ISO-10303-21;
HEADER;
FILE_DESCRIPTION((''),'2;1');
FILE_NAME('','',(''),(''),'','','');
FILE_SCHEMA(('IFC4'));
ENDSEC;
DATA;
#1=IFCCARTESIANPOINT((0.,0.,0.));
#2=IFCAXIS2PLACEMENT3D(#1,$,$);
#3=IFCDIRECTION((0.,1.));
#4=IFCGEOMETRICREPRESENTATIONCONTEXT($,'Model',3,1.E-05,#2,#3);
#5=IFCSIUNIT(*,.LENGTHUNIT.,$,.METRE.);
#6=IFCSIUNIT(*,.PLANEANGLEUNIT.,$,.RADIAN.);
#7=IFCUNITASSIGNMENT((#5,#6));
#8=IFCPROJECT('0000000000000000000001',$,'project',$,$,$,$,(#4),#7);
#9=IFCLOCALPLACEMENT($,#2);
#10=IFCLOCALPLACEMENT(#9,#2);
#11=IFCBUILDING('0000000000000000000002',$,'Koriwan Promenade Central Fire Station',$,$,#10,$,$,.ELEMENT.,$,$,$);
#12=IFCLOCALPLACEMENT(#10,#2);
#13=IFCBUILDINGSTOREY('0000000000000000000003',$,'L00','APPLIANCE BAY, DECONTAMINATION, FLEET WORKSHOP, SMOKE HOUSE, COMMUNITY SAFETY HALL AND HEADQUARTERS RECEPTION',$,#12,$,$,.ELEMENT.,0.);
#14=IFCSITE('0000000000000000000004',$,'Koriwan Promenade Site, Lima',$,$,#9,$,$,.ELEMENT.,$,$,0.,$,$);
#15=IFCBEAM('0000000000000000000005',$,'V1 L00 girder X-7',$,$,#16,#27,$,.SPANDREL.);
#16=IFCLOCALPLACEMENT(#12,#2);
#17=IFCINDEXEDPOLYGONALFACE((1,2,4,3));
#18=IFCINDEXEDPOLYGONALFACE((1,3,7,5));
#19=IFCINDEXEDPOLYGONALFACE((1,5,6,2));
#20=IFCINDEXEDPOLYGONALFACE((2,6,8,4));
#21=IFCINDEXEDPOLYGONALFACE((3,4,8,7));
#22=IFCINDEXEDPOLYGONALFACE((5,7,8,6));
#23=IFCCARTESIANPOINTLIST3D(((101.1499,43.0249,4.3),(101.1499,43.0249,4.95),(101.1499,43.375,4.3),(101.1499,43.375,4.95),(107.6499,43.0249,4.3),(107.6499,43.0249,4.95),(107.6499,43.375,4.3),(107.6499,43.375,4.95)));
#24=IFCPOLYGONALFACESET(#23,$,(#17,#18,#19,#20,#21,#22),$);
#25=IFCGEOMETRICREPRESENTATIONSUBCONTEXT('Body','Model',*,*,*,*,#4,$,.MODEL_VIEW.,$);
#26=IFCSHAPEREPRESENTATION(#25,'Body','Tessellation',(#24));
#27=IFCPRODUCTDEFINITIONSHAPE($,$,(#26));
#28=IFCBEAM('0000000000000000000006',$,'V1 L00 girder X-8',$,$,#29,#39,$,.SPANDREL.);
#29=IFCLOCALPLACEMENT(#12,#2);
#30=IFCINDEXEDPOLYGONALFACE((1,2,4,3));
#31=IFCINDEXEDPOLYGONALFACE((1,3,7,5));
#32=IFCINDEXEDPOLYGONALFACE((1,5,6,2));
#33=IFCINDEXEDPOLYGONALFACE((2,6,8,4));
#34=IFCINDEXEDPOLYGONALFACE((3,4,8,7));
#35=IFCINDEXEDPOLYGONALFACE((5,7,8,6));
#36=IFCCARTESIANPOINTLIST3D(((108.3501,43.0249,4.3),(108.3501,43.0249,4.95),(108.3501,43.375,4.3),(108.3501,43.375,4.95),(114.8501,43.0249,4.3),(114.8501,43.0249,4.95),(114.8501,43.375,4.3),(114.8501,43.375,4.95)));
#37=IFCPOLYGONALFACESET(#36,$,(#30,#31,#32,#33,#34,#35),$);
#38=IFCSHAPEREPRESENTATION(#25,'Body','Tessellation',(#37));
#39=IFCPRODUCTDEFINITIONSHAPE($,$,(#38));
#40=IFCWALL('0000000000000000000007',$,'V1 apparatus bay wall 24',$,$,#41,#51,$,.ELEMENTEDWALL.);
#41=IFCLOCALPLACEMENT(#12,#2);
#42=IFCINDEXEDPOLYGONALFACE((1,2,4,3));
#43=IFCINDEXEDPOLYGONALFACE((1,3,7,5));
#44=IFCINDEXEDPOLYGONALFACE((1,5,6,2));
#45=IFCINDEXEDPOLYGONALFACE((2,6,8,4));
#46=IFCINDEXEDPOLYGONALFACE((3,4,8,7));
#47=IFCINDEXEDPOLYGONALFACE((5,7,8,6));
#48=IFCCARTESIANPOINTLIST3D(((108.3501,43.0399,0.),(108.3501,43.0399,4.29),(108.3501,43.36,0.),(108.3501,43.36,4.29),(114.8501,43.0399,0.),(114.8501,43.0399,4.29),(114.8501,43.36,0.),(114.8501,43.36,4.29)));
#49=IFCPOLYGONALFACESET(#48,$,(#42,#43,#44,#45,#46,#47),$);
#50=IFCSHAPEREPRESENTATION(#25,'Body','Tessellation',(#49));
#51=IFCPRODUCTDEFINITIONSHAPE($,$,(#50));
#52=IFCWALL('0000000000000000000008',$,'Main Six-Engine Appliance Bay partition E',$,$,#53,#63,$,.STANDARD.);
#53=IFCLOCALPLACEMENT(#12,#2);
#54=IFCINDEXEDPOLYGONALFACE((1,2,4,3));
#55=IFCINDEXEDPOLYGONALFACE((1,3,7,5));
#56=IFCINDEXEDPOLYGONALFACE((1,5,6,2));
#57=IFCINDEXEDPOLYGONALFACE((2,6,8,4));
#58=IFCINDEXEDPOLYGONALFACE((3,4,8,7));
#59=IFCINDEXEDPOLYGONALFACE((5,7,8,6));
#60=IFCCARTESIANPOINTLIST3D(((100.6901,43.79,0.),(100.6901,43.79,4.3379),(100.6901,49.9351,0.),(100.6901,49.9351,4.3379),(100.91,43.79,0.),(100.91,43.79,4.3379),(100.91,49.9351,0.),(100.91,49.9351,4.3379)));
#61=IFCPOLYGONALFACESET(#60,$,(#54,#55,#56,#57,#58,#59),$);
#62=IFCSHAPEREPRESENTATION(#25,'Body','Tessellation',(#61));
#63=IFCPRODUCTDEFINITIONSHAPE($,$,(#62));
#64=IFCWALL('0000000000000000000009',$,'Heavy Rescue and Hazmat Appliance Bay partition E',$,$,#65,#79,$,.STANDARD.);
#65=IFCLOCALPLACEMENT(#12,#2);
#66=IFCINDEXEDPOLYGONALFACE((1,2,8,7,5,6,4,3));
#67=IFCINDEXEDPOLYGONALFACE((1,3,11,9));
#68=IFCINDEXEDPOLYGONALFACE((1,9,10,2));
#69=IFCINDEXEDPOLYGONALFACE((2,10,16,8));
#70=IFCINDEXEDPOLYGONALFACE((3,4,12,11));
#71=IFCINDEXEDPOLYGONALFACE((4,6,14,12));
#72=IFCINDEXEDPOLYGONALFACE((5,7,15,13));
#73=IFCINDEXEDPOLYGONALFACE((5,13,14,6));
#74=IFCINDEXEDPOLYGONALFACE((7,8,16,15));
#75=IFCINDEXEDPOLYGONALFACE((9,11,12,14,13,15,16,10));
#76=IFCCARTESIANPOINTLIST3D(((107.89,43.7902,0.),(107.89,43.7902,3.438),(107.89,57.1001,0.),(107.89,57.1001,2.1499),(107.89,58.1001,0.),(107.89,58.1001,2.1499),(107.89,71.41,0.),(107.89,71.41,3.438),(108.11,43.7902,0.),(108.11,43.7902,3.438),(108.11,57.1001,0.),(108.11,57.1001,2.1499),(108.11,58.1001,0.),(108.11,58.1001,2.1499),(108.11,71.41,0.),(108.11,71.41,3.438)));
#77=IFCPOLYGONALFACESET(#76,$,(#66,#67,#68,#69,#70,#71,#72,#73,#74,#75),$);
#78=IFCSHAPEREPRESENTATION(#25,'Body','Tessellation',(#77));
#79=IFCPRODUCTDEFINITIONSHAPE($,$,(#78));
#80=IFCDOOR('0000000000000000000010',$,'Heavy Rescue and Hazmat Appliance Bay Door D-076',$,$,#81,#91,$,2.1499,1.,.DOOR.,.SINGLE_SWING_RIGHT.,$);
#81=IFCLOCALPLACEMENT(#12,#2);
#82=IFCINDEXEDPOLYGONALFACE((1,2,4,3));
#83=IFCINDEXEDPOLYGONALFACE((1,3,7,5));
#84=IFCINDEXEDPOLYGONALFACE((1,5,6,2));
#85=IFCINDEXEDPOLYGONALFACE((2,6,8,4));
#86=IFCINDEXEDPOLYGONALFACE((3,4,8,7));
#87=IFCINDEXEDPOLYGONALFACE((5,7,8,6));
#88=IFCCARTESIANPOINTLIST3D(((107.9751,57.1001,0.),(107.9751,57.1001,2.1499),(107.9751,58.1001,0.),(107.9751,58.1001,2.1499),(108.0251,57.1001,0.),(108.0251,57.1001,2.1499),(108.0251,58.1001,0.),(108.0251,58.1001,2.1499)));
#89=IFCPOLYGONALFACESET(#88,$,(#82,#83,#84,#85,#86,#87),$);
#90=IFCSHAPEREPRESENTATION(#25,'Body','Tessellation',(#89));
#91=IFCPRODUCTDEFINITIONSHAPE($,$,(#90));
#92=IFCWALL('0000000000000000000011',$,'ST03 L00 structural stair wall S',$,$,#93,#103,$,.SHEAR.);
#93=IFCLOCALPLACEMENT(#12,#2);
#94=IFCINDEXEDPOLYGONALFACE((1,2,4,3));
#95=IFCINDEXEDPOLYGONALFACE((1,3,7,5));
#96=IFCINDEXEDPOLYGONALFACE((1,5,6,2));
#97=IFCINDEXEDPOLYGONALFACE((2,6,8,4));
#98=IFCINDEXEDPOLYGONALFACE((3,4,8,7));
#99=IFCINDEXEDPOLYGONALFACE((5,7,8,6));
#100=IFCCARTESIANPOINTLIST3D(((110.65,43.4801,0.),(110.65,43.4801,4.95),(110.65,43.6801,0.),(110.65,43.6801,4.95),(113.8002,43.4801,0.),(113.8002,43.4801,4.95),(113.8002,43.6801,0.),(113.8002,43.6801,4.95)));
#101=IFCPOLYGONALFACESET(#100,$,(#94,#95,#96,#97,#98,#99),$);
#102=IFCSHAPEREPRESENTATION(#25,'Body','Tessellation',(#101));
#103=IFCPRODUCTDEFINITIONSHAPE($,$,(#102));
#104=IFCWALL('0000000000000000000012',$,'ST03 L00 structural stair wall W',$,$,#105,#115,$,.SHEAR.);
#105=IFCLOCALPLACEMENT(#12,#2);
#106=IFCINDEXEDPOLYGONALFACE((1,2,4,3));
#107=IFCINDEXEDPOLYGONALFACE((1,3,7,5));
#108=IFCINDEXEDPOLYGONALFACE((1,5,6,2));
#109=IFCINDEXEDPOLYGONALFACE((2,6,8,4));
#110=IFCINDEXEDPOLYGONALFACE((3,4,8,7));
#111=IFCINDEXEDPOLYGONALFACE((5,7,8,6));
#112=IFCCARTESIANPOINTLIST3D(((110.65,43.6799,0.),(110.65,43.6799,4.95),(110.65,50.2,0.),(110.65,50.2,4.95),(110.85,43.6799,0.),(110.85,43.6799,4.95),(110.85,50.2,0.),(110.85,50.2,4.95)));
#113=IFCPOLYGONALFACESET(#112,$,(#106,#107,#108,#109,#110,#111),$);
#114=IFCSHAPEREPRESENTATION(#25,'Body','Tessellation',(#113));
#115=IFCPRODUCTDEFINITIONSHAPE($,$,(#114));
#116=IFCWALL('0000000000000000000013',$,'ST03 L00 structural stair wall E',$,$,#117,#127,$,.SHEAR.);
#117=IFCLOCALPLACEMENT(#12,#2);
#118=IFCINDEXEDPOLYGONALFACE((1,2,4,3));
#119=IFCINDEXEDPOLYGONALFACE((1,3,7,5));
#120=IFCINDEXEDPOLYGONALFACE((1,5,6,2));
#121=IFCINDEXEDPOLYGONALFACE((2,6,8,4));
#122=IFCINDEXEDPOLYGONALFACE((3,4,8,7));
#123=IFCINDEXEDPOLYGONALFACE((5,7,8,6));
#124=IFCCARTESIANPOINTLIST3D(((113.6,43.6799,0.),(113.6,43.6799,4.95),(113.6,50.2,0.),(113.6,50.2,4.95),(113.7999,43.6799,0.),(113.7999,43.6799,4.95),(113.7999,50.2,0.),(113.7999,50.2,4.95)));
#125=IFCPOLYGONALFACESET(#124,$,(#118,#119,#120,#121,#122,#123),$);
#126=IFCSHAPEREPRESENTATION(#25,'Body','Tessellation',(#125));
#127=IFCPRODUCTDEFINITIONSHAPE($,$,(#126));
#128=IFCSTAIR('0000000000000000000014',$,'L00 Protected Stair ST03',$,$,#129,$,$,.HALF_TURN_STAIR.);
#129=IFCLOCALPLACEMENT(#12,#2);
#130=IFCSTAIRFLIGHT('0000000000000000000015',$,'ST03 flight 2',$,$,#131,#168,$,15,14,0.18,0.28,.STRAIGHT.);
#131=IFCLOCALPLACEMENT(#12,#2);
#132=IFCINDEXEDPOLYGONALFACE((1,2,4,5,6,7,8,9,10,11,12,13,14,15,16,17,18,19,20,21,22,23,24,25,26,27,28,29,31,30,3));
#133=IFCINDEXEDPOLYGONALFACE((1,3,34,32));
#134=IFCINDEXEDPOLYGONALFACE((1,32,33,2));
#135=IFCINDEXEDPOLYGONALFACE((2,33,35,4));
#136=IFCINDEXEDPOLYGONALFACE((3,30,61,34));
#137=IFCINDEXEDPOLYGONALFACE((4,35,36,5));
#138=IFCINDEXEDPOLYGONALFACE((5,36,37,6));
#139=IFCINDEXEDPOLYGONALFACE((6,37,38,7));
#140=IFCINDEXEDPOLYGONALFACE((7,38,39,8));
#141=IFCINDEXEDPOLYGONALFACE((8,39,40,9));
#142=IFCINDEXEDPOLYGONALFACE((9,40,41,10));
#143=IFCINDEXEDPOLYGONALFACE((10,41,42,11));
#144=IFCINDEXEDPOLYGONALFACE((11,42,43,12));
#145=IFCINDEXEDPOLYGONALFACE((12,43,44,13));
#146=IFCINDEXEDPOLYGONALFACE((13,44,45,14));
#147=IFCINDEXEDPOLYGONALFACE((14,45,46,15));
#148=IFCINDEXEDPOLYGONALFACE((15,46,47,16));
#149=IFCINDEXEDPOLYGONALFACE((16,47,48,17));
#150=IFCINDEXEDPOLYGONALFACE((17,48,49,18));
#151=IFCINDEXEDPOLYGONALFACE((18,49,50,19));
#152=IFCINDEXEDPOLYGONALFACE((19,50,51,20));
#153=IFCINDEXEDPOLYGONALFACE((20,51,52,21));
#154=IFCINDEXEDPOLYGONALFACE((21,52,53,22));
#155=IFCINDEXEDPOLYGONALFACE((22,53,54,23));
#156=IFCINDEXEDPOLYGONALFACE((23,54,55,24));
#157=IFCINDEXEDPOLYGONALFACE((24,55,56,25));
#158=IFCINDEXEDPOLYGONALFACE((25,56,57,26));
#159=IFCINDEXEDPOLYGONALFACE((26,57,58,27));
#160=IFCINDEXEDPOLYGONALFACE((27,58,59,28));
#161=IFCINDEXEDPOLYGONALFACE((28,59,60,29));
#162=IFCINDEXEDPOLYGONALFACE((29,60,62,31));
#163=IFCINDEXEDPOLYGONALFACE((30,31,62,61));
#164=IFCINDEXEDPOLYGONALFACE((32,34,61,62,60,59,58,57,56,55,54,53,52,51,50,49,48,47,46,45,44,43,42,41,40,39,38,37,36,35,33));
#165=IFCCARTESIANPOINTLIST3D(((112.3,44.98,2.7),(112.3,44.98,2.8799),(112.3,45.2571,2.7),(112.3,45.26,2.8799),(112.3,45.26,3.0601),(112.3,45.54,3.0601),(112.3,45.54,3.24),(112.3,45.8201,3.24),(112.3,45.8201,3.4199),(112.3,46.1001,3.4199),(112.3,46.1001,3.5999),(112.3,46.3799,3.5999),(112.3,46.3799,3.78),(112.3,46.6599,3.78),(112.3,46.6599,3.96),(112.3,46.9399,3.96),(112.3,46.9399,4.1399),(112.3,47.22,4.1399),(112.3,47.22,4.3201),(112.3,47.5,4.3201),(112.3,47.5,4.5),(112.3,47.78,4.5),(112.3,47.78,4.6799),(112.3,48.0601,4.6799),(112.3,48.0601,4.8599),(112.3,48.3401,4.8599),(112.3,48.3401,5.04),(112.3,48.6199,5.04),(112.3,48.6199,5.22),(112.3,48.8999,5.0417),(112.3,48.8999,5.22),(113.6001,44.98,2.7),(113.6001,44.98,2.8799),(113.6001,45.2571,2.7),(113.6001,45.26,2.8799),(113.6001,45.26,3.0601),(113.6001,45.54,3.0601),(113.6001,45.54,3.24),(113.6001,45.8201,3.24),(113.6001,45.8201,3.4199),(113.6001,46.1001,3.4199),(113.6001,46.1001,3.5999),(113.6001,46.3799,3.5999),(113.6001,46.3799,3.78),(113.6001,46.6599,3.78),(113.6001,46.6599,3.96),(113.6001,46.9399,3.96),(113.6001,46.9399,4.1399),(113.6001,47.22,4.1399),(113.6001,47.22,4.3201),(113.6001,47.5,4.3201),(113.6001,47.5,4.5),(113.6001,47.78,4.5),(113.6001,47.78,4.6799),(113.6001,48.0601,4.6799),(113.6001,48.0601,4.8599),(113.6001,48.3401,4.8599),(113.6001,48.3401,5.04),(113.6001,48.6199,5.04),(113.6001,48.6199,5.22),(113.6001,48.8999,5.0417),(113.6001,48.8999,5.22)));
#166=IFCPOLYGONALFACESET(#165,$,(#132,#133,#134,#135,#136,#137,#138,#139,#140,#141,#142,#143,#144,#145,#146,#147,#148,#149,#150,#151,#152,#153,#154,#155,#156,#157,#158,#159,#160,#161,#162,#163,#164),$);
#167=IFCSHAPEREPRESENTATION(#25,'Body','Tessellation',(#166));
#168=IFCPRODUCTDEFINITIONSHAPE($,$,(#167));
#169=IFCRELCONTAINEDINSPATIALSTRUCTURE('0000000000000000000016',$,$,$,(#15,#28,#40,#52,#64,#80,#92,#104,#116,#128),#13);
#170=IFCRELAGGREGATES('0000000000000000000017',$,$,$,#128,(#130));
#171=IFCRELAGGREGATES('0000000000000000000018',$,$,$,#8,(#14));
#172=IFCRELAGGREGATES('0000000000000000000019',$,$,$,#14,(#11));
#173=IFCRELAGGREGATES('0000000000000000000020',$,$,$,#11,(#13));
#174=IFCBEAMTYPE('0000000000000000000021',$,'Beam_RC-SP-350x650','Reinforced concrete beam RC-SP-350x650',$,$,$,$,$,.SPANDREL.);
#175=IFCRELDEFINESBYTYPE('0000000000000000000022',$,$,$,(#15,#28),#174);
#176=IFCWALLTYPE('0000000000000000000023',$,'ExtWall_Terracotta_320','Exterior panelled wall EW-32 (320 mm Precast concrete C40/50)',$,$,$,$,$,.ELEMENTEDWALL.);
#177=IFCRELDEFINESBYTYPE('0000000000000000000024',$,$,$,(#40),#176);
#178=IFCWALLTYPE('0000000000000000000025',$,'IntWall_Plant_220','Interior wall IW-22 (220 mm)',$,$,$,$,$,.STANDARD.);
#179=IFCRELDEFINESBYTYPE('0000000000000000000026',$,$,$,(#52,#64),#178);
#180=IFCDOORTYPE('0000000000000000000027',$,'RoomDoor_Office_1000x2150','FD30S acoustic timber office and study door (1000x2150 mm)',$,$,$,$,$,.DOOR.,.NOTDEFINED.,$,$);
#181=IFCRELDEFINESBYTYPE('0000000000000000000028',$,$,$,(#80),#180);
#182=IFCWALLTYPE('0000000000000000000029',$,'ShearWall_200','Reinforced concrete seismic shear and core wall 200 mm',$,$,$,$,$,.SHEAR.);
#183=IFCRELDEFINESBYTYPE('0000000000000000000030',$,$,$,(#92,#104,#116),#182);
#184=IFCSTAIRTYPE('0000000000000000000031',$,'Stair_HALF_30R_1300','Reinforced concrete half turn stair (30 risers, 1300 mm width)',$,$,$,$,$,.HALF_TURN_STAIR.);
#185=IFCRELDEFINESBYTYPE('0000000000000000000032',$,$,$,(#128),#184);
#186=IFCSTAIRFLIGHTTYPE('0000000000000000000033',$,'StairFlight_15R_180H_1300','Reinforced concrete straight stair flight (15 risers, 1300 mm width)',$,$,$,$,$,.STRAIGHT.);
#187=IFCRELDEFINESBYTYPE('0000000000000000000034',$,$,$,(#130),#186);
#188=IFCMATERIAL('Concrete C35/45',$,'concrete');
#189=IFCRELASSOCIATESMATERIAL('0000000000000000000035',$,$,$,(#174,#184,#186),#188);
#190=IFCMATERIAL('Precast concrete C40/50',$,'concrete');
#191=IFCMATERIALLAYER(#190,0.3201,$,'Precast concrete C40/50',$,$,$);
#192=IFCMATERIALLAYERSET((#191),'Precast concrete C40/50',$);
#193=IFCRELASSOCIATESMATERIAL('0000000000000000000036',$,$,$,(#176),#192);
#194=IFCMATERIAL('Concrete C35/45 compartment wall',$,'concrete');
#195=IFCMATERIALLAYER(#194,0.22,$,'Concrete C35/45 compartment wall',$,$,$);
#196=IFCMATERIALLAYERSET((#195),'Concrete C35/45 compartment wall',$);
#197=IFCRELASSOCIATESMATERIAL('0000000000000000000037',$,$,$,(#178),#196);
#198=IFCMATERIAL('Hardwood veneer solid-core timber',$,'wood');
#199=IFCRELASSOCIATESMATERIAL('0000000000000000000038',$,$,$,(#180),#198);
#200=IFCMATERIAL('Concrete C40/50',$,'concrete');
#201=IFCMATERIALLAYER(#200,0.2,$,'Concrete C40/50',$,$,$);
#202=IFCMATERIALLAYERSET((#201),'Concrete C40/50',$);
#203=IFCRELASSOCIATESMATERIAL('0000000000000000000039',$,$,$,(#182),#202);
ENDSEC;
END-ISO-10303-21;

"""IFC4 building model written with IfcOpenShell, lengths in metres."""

from ifc_helpers import new_model, si_unit, direction, frame, frame_2d, origin, origin_2d, place, context, subcontext, project, spatial, polyline, rectangle, outline, extrude, material, layer, layer_set, material_profile, profile_set, type_object, element, fill, aggregate, save


model = new_model("IFC4")

# Units and contexts
model_context = context("Model", 3, precision=1e-05, world=origin(), true_north=direction((0.0, 1.0)))
body_context = subcontext(model_context, "Body", "Model", "MODEL_VIEW")
ifc_project = project(units=[si_unit("LENGTHUNIT", "METRE"), si_unit("PLANEANGLEUNIT", "RADIAN")], contexts=[model_context])

# Site, building, storey
site_placement = place(None, origin())
site = spatial("IfcSite", under=ifc_project, at=site_placement, Name="Koriwan Promenade Site, Lima", CompositionType="ELEMENT", RefElevation=0.0)
building_placement = place(site_placement, origin())
building = spatial("IfcBuilding", under=site, at=building_placement, Name="Koriwan Promenade Central Fire Station", CompositionType="ELEMENT")
storey_placement = place(building_placement, origin())
storey = spatial("IfcBuildingStorey", under=building, at=storey_placement, Name="L00", Description="APPLIANCE BAY, DECONTAMINATION, FLEET WORKSHOP, SMOKE HOUSE, COMMUNITY SAFETY HALL AND HEADQUARTERS RECEPTION", CompositionType="ELEMENT", Elevation=0.0)

# Shared definitions
ifc_material_1 = material(Name="Concrete C35/45", Category="concrete")

# Shared definitions
ifc_material_2 = material(Name="Concrete C40/50", Category="concrete")

# Beams
ifc_material_profile_1 = material_profile(ifc_material_1, rectangle(XDim=0.3501, YDim=0.6499, at=origin_2d()), Name="RC-SP-350x650")
ifc_profile_set_1 = profile_set([ifc_material_profile_1], Name="Concrete C35/45")
beam_type_1 = type_object("IfcBeamType", Name="Beam_RC-SP-350x650", Description="Reinforced concrete beam RC-SP-350x650", PredefinedType="SPANDREL", material=ifc_profile_set_1)
for number, where, z_axis, x_axis, name in (
    (1, (101.1499, 43.2, 4.625), (1.0, 0.0, 0.0), (0.0, 1.0, 0.0), "V1 L00 girder X-7"),
    (2, (108.3501, 43.2, 4.625), (1.0, 0.0, 0.0), (0.0, 1.0, 0.0), "V1 L00 girder X-8"),
):
    element("IfcBeam", number, at=place(storey_placement, frame(where, z_axis=z_axis, x_axis=x_axis)), inside=storey, type_object=beam_type_1, Name=name, PredefinedType="SPANDREL", context=body_context, shape_type="SweptSolid", body=[
        extrude(rectangle(XDim=0.3501, YDim=0.6499, at=origin_2d()), origin(), (0.0, 0.0, 1.0), 6.5),
    ])

# Shared definitions
ifc_material_3 = material(Name="Precast concrete C40/50", Category="concrete")
ifc_layer_1 = layer(ifc_material_3, 0.3201, Name="Precast concrete C40/50")
ifc_layer_set_1 = layer_set([ifc_layer_1], Name="Precast concrete C40/50")
wall_type_1 = type_object("IfcWallType", Name="ExtWall_Terracotta_320", Description="Exterior panelled wall EW-32 (320 mm Precast concrete C40/50)", PredefinedType="ELEMENTEDWALL", material=ifc_layer_set_1)

# Walls
wall_1_placement = place(storey_placement, frame((108.3501, 43.2, 0.0), z_axis=(0.0, 0.0, 1.0), x_axis=(1.0, 0.0, 0.0)))
element("IfcWall", 3, at=wall_1_placement, inside=storey, type_object=wall_type_1, Name="V1 apparatus bay wall 24", PredefinedType="ELEMENTEDWALL", context=body_context, shape_type="SweptSolid", body=[
    extrude(rectangle(XDim=6.5, YDim=0.3201, at=frame_2d((3.25, 0.0))), origin(), (0.0, 0.0, 1.0), 4.29),
])
ifc_material_4 = material(Name="Concrete C35/45 compartment wall", Category="concrete")
ifc_layer_2 = layer(ifc_material_4, 0.22, Name="Concrete C35/45 compartment wall")
ifc_layer_set_2 = layer_set([ifc_layer_2], Name="Concrete C35/45 compartment wall")
wall_type_2 = type_object("IfcWallType", Name="IntWall_Plant_220", Description="Interior wall IW-22 (220 mm)", PredefinedType="STANDARD", material=ifc_layer_set_2)
wall_2_placement = place(storey_placement, frame((100.8, 43.79, 0.0), z_axis=(0.0, 0.0, 1.0), x_axis=(0.0, 1.0, 0.0)))
element("IfcWall", 4, at=wall_2_placement, inside=storey, type_object=wall_type_2, Name="Main Six-Engine Appliance Bay partition E", PredefinedType="STANDARD", context=body_context, shape_type="SweptSolid", body=[
    extrude(rectangle(XDim=6.145, YDim=0.22, at=frame_2d((3.0725, 0.0))), origin(), (0.0, 0.0, 1.0), 4.3379),
])

# Wall, opening, door
wall_3_placement = place(storey_placement, frame((108.0, 43.79, 0.0), z_axis=(0.0, 0.0, 1.0), x_axis=(0.0, 1.0, 0.0)))
wall_3 = element("IfcWall", 5, at=wall_3_placement, inside=storey, type_object=wall_type_2, Name="Heavy Rescue and Hazmat Appliance Bay partition E", PredefinedType="STANDARD", context=body_context, shape_type="SweptSolid", body=[
    extrude(rectangle(XDim=27.6199, YDim=0.22, at=frame_2d((13.8101, 0.0))), origin(), (0.0, 0.0, 1.0), 3.438),
])
opening_1_placement = place(wall_3_placement, frame((13.3101, 0.0, 0.0)))
opening_1 = element("IfcOpeningElement", 6, at=opening_1_placement, cuts=wall_3, PredefinedType="OPENING", context=body_context, shape_type="SweptSolid", body=[
    extrude(rectangle(XDim=1.0, YDim=2.1499, at=frame_2d((0.5, 1.075))), frame((0.0, 0.1221, 0.0), z_axis=(0.0, -1.0, 0.0), x_axis=(1.0, 0.0, 0.0)), (0.0, 0.0, 1.0), 0.2439),
])
ifc_material_5 = material(Name="Hardwood veneer solid-core timber", Category="wood")
door_type_1 = type_object("IfcDoorType", Name="RoomDoor_Office_1000x2150", Description="FD30S acoustic timber office and study door (1000x2150 mm)", OperationType="NOTDEFINED", PredefinedType="DOOR", material=ifc_material_5)
door_1_placement = place(opening_1_placement, origin())
door_1 = element("IfcDoor", 7, at=door_1_placement, inside=storey, type_object=door_type_1, Name="Heavy Rescue and Hazmat Appliance Bay Door D-076", OperationType="SINGLE_SWING_RIGHT", OverallHeight=2.1499, OverallWidth=1.0, PredefinedType="DOOR", context=body_context, shape_type="SweptSolid", body=[
    extrude(rectangle(XDim=1.0, YDim=2.1499, at=frame_2d((0.5, 1.075))), frame((0.0, 0.0249, 0.0), z_axis=(0.0, -1.0, 0.0), x_axis=(1.0, 0.0, 0.0)), (0.0, 0.0, 1.0), 0.05),
])
fill(opening_1, door_1)

# Walls
ifc_layer_3 = layer(ifc_material_2, 0.2, Name="Concrete C40/50")
ifc_layer_set_3 = layer_set([ifc_layer_3], Name="Concrete C40/50")
wall_type_3 = type_object("IfcWallType", Name="ShearWall_200", Description="Reinforced concrete seismic shear and core wall 200 mm", PredefinedType="SHEAR", material=ifc_layer_set_3)
wall_4_placement = place(storey_placement, frame((110.6499, 43.5801, 0.0), z_axis=(0.0, 0.0, 1.0), x_axis=(1.0, 0.0, 0.0)))
element("IfcWall", 8, at=wall_4_placement, inside=storey, type_object=wall_type_3, Name="ST03 L00 structural stair wall S", PredefinedType="SHEAR", context=body_context, shape_type="SweptSolid", body=[
    extrude(rectangle(XDim=3.1501, YDim=0.2, at=frame_2d((1.5752, 0.0))), origin(), (0.0, 0.0, 1.0), 4.95),
])
for number, where, z_axis, x_axis, name in (
    (9, (110.75, 43.6799, 0.0), (0.0, 0.0, 1.0), (0.0, 1.0, 0.0), "ST03 L00 structural stair wall W"),
    (10, (113.7, 43.6799, 0.0), (0.0, 0.0, 1.0), (0.0, 1.0, 0.0), "ST03 L00 structural stair wall E"),
):
    element("IfcWall", number, at=place(storey_placement, frame(where, z_axis=z_axis, x_axis=x_axis)), inside=storey, type_object=wall_type_3, Name=name, PredefinedType="SHEAR", context=body_context, shape_type="SweptSolid", body=[
        extrude(rectangle(XDim=6.52, YDim=0.2, at=frame_2d((3.26, 0.0))), origin(), (0.0, 0.0, 1.0), 4.95),
    ])

# Stair, stair flight
stair_type = type_object("IfcStairType", Name="Stair_HALF_30R_1300", Description="Reinforced concrete half turn stair (30 risers, 1300 mm width)", PredefinedType="HALF_TURN_STAIR", material=ifc_material_1)
stair_placement = place(storey_placement, origin())
stair = element("IfcStair", 11, at=stair_placement, inside=storey, type_object=stair_type, Name="L00 Protected Stair ST03", PredefinedType="HALF_TURN_STAIR")
stair_flight_type = type_object("IfcStairFlightType", Name="StairFlight_15R_180H_1300", Description="Reinforced concrete straight stair flight (15 risers, 1300 mm width)", PredefinedType="STRAIGHT", material=ifc_material_1)
stair_flight_placement = place(storey_placement, frame((112.95, 44.98, 2.7), z_axis=(0.0, 0.0, 1.0), x_axis=(0.0, 1.0, 0.0)))
stair_flight = element("IfcStairFlight", 12, at=stair_flight_placement, type_object=stair_flight_type, Name="ST03 flight 2", NumberOfRisers=15, NumberOfTreads=14, PredefinedType="STRAIGHT", RiserHeight=0.18, TreadLength=0.28, context=body_context, shape_type="SweptSolid", body=[
    extrude(outline(polyline([(0.0, 0.0), (0.0, 0.1799), (0.28, 0.1799), (0.28, 0.3601), (0.5601, 0.3601), (0.5601, 0.54), (0.8401, 0.54), (0.8401, 0.72), (1.1201, 0.72), (1.1201, 0.8999), (1.3999, 0.8999), (1.3999, 1.0801), (1.6799, 1.0801), (1.6799, 1.26), (1.96, 1.26), (1.96, 1.4399), (2.24, 1.4399), (2.24, 1.6201), (2.52, 1.6201), (2.52, 1.8), (2.8, 1.8), (2.8, 1.98), (3.0801, 1.98), (3.0801, 2.1599), (3.3601, 2.1599), (3.3601, 2.3401), (3.6399, 2.3401), (3.6399, 2.52), (3.9199, 2.52), (3.9199, 2.7), (3.9199, 2.3418), (0.2771, 0.0), (0.0, 0.0)])), frame((0.0, 0.6499, 0.0), z_axis=(0.0, -1.0, 0.0), x_axis=(1.0, 0.0, 0.0)), (0.0, 0.0, 1.0), 1.3),
])
aggregate(stair, [stair_flight])

save(model, "model.ifc")
